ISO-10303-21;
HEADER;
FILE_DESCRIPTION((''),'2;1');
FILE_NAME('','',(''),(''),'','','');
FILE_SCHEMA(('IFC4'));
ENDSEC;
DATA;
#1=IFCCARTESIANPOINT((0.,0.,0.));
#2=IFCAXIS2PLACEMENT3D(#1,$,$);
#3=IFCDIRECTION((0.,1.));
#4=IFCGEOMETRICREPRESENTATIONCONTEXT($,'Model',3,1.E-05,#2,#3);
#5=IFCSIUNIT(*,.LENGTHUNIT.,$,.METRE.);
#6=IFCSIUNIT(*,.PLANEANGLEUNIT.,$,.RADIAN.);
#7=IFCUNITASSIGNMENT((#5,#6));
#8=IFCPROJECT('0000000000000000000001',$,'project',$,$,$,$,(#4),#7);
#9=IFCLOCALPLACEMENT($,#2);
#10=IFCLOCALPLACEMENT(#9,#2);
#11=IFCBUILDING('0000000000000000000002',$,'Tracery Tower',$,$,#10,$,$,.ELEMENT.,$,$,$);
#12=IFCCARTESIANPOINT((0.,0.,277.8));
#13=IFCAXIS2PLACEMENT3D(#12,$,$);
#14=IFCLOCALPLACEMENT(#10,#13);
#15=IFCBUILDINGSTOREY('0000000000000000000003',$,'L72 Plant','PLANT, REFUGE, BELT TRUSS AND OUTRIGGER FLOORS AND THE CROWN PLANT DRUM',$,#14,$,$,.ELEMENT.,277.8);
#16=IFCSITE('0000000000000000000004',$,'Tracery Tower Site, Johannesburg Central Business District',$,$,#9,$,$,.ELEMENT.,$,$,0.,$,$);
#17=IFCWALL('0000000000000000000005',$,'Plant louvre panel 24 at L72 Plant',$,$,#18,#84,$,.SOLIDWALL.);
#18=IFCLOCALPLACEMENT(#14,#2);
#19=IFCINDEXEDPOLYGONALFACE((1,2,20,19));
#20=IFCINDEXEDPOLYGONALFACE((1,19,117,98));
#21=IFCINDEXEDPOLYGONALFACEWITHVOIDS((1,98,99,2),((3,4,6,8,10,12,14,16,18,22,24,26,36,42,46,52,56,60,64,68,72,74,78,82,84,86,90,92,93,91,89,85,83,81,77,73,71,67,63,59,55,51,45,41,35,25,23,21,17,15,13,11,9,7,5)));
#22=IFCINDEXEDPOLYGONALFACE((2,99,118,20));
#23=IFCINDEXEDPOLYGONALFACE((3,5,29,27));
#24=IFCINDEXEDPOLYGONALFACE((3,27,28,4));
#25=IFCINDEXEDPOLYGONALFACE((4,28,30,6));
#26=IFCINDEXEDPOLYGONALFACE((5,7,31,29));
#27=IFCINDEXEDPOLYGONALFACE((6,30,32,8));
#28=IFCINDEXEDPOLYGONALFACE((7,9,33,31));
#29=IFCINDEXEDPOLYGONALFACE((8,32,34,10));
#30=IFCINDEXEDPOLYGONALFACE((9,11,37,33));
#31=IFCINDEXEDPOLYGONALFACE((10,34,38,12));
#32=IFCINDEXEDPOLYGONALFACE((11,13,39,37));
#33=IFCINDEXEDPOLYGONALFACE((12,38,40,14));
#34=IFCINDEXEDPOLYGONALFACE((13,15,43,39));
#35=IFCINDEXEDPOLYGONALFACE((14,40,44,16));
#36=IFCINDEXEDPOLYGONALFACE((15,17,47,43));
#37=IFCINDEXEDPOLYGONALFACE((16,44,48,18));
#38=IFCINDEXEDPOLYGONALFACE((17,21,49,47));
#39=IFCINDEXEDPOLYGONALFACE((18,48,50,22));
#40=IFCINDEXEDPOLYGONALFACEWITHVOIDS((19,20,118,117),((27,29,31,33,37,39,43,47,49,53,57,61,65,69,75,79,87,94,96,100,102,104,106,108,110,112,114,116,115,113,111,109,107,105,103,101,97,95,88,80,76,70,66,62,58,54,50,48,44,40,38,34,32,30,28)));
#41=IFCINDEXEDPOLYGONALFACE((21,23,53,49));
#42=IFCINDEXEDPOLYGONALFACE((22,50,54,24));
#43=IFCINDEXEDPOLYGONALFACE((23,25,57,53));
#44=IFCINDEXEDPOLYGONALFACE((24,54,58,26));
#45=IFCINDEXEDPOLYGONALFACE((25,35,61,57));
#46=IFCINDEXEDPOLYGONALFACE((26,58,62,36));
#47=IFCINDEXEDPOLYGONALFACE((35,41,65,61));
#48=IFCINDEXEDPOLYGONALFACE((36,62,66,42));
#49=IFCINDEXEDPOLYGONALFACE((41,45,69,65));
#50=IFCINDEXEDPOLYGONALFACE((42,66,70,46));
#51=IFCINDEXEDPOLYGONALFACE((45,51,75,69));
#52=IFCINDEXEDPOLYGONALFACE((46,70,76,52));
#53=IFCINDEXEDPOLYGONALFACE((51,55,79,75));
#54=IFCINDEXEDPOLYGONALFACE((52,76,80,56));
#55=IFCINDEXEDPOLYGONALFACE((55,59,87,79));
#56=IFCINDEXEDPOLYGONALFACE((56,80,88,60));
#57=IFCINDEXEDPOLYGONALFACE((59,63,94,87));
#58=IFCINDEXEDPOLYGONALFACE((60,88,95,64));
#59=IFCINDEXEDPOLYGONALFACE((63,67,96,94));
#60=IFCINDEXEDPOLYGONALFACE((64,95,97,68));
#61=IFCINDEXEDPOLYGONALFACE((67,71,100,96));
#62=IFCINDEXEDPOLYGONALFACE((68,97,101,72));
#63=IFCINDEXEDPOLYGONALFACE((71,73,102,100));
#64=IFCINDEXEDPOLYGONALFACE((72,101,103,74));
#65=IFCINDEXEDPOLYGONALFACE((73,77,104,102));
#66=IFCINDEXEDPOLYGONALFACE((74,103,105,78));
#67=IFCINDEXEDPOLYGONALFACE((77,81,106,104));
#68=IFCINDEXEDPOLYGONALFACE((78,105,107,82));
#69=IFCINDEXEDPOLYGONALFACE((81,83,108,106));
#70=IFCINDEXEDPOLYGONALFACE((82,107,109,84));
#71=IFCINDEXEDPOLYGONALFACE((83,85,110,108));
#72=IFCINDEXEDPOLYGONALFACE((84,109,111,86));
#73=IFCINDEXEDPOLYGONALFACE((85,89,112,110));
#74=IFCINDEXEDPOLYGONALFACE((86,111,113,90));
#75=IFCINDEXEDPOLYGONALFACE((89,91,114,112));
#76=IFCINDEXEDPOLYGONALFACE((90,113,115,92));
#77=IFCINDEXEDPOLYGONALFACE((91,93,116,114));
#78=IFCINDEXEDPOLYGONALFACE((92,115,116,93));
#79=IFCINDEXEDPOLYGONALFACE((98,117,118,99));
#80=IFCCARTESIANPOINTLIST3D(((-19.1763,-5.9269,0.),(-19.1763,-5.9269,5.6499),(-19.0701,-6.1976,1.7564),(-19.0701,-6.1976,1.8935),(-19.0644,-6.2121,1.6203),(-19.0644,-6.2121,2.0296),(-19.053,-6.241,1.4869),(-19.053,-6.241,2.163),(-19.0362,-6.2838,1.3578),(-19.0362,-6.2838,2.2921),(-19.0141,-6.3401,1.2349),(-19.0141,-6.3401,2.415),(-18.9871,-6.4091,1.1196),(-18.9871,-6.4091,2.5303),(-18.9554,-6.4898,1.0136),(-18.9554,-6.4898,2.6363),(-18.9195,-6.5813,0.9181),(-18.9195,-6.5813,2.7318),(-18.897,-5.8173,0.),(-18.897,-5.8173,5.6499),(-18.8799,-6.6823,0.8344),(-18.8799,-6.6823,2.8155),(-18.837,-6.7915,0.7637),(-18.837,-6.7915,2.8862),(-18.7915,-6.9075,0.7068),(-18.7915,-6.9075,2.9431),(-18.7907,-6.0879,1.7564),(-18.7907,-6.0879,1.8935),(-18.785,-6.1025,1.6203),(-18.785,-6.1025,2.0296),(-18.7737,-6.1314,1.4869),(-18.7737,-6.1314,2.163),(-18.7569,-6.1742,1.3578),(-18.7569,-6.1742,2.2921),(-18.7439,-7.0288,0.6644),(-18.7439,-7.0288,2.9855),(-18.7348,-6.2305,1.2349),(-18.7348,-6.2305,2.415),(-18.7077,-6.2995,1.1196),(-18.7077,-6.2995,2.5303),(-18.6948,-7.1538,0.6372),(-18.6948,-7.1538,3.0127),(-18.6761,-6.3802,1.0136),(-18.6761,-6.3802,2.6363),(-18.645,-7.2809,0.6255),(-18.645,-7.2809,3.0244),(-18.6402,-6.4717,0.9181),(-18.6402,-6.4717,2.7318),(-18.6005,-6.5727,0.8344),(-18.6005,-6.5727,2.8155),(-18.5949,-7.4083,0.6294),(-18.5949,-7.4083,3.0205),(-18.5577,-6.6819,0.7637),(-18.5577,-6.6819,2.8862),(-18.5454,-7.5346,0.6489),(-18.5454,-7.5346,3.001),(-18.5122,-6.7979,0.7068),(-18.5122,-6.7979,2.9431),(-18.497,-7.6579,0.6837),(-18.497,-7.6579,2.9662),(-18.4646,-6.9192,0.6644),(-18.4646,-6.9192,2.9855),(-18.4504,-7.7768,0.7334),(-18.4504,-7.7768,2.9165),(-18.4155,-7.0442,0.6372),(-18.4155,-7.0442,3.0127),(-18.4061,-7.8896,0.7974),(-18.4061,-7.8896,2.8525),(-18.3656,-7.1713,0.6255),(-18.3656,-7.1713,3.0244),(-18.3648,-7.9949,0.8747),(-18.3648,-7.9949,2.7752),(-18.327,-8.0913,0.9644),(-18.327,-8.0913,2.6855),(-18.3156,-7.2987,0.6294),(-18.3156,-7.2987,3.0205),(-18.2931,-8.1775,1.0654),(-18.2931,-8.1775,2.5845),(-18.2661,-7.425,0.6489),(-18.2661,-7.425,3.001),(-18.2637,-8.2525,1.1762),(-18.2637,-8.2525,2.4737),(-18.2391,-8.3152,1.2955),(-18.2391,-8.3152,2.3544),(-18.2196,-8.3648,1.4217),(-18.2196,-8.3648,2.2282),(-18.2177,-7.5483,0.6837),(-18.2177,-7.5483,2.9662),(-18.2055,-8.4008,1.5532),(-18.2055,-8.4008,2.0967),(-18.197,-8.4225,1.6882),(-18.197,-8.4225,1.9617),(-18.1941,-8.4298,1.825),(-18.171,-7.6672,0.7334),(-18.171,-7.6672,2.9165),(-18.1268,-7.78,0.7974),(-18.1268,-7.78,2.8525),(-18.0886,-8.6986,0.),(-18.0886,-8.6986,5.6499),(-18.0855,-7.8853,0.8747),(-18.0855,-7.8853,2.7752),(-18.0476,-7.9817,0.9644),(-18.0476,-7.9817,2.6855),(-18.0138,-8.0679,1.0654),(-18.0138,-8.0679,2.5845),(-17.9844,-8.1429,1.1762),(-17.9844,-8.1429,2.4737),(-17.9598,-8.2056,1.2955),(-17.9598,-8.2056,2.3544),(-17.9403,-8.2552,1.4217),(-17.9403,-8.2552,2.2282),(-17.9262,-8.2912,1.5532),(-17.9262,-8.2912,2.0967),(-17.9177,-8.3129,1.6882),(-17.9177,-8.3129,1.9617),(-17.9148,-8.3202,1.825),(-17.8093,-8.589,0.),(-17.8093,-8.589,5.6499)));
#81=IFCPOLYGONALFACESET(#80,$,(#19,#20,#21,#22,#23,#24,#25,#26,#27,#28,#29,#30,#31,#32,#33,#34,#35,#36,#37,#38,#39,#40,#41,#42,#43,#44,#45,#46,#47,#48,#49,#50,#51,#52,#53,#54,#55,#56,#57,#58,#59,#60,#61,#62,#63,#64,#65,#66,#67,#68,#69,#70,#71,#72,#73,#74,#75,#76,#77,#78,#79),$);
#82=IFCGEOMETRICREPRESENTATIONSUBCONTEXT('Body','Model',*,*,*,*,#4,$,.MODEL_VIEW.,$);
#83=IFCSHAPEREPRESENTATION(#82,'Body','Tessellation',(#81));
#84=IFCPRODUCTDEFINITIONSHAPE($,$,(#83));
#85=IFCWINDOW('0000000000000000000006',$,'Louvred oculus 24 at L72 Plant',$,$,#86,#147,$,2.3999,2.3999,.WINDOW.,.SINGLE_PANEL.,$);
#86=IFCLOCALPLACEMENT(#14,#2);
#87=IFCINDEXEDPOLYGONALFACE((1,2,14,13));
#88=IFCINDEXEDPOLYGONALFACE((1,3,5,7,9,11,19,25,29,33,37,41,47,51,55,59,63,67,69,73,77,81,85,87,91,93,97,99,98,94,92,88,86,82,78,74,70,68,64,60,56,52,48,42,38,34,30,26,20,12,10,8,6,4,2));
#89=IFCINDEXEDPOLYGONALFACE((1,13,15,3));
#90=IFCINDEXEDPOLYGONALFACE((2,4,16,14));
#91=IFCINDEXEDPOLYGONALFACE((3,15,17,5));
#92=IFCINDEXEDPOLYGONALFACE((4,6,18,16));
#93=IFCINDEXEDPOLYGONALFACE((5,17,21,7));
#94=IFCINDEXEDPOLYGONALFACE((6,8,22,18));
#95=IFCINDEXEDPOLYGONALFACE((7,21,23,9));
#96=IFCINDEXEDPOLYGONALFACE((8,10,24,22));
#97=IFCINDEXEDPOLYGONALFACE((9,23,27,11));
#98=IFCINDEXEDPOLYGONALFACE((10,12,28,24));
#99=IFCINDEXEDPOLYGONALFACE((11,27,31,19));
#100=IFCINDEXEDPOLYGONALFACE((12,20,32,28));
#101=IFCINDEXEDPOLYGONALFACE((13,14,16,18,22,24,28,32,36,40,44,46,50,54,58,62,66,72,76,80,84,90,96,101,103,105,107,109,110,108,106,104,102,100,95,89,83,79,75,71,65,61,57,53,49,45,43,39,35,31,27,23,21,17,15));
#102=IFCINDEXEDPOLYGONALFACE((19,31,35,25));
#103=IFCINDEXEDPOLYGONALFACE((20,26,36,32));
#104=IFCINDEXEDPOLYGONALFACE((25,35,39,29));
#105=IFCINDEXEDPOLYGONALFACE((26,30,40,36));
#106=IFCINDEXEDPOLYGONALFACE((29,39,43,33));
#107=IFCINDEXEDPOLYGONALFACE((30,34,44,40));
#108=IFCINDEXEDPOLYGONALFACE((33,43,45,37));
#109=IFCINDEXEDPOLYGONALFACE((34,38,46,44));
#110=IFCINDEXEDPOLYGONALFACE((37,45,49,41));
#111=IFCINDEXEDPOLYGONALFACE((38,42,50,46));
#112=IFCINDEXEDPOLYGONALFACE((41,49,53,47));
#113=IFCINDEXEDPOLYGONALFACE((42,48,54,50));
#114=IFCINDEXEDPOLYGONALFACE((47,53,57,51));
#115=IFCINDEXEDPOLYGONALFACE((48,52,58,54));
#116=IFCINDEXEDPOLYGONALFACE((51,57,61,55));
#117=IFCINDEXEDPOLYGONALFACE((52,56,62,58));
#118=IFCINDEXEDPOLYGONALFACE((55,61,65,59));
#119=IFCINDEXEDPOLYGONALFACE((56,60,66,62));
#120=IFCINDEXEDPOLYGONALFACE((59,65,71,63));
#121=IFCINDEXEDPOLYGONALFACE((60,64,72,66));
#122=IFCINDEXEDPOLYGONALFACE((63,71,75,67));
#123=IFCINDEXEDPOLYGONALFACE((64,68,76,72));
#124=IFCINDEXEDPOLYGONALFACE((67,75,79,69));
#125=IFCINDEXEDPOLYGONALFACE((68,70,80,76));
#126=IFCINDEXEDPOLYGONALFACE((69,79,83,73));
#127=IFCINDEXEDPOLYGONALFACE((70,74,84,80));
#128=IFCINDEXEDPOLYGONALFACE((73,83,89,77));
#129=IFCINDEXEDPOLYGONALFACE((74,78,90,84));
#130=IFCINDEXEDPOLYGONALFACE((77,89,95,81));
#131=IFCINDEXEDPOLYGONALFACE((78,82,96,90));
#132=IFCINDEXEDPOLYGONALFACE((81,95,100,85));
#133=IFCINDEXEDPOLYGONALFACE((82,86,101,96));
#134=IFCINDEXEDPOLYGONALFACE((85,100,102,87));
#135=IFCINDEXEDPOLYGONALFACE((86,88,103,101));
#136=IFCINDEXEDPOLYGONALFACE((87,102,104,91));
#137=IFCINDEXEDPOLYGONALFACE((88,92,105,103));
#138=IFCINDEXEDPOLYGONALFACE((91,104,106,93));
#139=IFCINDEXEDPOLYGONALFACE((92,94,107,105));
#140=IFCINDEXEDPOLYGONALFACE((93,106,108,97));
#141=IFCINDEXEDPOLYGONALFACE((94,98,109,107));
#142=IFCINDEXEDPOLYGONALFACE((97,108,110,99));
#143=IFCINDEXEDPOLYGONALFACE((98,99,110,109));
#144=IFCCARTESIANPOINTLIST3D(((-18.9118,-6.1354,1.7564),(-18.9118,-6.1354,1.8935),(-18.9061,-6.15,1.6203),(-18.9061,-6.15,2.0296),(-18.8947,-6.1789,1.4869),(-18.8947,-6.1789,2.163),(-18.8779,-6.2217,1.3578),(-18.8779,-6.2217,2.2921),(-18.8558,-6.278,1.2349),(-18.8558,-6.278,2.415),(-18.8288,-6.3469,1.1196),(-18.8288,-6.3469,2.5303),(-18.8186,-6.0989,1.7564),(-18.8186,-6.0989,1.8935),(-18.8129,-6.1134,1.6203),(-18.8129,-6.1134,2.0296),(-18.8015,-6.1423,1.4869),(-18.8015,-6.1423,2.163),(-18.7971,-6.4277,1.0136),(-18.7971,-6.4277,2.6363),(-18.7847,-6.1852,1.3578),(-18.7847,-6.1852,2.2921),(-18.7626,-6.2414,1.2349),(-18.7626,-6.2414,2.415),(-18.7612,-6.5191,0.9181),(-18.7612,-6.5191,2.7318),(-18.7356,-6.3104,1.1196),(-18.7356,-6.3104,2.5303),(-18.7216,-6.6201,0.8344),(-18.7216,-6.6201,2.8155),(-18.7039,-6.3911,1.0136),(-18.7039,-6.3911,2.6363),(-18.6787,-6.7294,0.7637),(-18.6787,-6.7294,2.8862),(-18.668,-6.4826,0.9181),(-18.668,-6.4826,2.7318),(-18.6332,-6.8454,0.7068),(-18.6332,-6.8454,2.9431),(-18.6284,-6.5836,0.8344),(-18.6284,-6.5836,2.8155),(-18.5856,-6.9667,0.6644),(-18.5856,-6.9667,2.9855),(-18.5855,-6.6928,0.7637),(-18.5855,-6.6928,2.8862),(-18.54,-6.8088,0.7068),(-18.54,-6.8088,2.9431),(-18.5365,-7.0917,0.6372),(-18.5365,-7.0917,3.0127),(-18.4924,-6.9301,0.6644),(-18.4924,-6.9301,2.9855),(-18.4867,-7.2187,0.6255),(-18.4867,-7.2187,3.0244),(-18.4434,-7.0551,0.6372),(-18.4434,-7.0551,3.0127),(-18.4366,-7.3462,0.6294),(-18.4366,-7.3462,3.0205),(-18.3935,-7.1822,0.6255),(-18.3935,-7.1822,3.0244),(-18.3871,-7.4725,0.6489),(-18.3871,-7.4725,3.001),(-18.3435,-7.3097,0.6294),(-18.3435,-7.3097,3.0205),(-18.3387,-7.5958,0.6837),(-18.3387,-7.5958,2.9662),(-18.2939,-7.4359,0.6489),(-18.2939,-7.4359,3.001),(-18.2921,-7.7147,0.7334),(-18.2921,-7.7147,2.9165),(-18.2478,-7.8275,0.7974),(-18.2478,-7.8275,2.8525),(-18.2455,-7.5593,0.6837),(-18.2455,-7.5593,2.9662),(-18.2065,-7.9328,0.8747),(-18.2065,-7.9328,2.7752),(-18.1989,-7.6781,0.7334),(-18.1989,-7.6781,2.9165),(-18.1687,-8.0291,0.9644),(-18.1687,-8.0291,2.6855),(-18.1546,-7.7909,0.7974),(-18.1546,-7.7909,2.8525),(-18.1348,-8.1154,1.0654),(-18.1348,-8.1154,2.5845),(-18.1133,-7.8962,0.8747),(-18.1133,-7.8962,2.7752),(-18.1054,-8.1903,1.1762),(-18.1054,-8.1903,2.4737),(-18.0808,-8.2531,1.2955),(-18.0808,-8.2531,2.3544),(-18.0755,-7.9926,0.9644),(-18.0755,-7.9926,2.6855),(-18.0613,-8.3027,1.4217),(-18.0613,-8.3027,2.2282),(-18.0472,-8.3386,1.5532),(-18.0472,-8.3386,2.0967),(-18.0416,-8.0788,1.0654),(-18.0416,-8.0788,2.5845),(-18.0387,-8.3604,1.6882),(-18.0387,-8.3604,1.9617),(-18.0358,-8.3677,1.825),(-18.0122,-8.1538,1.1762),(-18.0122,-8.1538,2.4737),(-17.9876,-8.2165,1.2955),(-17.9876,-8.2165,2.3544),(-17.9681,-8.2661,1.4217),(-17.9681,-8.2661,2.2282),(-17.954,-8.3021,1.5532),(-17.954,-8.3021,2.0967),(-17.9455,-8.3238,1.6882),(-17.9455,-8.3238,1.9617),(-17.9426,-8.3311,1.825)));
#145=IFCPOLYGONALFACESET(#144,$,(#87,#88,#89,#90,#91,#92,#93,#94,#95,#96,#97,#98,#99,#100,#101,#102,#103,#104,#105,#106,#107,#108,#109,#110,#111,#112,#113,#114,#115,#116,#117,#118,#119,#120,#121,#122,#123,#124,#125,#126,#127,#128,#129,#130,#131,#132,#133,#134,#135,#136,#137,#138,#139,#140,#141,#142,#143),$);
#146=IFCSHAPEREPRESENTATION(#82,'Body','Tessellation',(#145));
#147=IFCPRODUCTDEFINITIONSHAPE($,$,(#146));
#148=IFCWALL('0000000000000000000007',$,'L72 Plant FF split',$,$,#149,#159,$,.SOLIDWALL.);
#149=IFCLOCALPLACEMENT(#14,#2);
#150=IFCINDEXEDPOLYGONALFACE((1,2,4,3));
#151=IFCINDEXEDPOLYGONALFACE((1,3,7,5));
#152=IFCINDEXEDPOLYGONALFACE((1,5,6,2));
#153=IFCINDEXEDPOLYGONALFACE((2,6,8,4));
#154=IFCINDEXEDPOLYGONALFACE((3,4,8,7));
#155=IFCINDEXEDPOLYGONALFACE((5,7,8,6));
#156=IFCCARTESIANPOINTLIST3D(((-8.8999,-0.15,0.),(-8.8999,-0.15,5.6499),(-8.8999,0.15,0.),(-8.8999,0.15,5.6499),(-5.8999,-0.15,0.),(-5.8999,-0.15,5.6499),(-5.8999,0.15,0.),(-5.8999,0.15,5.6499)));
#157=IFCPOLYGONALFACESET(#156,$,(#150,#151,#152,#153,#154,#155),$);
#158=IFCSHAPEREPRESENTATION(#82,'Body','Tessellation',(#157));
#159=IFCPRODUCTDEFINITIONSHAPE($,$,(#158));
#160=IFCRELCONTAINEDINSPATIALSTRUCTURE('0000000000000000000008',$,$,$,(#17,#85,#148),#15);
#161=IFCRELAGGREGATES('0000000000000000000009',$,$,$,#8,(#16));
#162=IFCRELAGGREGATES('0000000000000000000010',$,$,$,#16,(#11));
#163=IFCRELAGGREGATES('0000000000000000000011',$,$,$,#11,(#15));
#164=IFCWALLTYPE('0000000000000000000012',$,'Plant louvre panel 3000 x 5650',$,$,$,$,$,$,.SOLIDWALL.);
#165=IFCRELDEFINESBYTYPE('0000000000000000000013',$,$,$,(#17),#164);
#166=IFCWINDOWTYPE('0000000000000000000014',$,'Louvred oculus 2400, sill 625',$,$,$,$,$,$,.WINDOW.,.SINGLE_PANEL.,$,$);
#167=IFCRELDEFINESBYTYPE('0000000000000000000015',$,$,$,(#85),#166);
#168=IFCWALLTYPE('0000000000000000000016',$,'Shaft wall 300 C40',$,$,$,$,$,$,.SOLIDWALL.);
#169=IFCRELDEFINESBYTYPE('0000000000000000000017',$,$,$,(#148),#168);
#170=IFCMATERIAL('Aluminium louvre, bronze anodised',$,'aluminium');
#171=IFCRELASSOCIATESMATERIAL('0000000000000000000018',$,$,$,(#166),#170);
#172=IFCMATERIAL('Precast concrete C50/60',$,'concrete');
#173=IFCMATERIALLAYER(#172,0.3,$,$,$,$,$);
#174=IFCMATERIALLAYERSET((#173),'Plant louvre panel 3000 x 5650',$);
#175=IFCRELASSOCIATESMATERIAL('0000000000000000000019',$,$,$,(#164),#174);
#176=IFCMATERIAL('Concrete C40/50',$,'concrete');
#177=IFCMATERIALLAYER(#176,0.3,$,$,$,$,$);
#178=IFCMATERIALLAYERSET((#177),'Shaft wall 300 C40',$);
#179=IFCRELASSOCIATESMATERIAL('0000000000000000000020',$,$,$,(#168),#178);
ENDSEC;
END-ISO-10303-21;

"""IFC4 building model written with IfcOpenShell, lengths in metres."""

from ifc_helpers import new_model, si_unit, direction, frame, frame_2d, origin, origin_2d, place, context, subcontext, project, spatial, rectangle, circle, extrude, material, layer, layer_set, type_object, element, fill, save


model = new_model("IFC4")

# Units and contexts
model_context = context("Model", 3, precision=1e-05, world=origin(), true_north=direction((0.0, 1.0)))
body_context = subcontext(model_context, "Body", "Model", "MODEL_VIEW")
ifc_project = project(units=[si_unit("LENGTHUNIT", "METRE"), si_unit("PLANEANGLEUNIT", "RADIAN")], contexts=[model_context])

# Site, building, storey
site_placement = place(None, origin())
site = spatial("IfcSite", under=ifc_project, at=site_placement, Name="Tracery Tower Site, Johannesburg Central Business District", CompositionType="ELEMENT", RefElevation=0.0)
building_placement = place(site_placement, origin())
building = spatial("IfcBuilding", under=site, at=building_placement, Name="Tracery Tower", CompositionType="ELEMENT")
storey_placement = place(building_placement, frame((0.0, 0.0, 277.8)))
storey = spatial("IfcBuildingStorey", under=building, at=storey_placement, Name="L72 Plant", Description="PLANT, REFUGE, BELT TRUSS AND OUTRIGGER FLOORS AND THE CROWN PLANT DRUM", CompositionType="ELEMENT", Elevation=277.8)

# Wall, opening, window
ifc_material_1 = material(Name="Aluminium louvre, bronze anodised", Category="aluminium")
window_type = type_object("IfcWindowType", Name="Louvred oculus 2400, sill 625", PartitioningType="SINGLE_PANEL", PredefinedType="WINDOW", material=ifc_material_1)
ifc_material_2 = material(Name="Precast concrete C50/60", Category="concrete")
ifc_layer_1 = layer(ifc_material_2, 0.3)
ifc_layer_set_1 = layer_set([ifc_layer_1], Name="Plant louvre panel 3000 x 5650")
wall_type_1 = type_object("IfcWallType", Name="Plant louvre panel 3000 x 5650", PredefinedType="SOLIDWALL", material=ifc_layer_set_1)
wall_1_placement = place(storey_placement, frame((-19.0366, -5.8721, 0.0), z_axis=(0.0, 0.0, 1.0), x_axis=(0.36529, -0.930894, 0.0)))
wall_1 = element("IfcWall", 1, at=wall_1_placement, inside=storey, type_object=wall_type_1, Name="Plant louvre panel 24 at L72 Plant", PredefinedType="SOLIDWALL", context=body_context, shape_type="SweptSolid", body=[
    extrude(rectangle(XDim=2.9775, YDim=0.3, at=frame_2d((1.4888, 0.0))), origin(), (0.0, 0.0, 1.0), 5.6499),
])
opening_1_placement = place(wall_1_placement, frame((1.4888, 0.0, 1.825)))
opening_1 = element("IfcOpeningElement", 2, at=opening_1_placement, cuts=wall_1, PredefinedType="OPENING", context=body_context, shape_type="SweptSolid", body=[
    extrude(circle(Radius=1.2, at=origin_2d()), frame((0.0, 0.1599, 0.0), z_axis=(0.0, -1.0, 0.0), x_axis=(1.0, 0.0, 0.0)), (0.0, 0.0, 1.0), 0.3201),
])
window_1_placement = place(opening_1_placement, origin())
window_1 = element("IfcWindow", 3, at=window_1_placement, inside=storey, type_object=window_type, Name="Louvred oculus 24 at L72 Plant", OverallHeight=2.3999, OverallWidth=2.3999, PartitioningType="SINGLE_PANEL", PredefinedType="WINDOW", context=body_context, shape_type="SweptSolid", body=[
    extrude(circle(Radius=1.2, at=origin_2d()), frame((0.0, 0.1201, 0.0), z_axis=(0.0, -1.0, 0.0), x_axis=(1.0, 0.0, 0.0)), (0.0, 0.0, 1.0), 0.1001),
])
fill(opening_1, window_1)

# Wall
ifc_material_3 = material(Name="Concrete C40/50", Category="concrete")
ifc_layer_2 = layer(ifc_material_3, 0.3)
ifc_layer_set_2 = layer_set([ifc_layer_2], Name="Shaft wall 300 C40")
wall_type_2 = type_object("IfcWallType", Name="Shaft wall 300 C40", PredefinedType="SOLIDWALL", material=ifc_layer_set_2)
wall_2_placement = place(storey_placement, frame((-8.8999, 0.0, 0.0), z_axis=(0.0, 0.0, 1.0), x_axis=(1.0, 0.0, 0.0)))
element("IfcWall", 4, at=wall_2_placement, inside=storey, type_object=wall_type_2, Name="L72 Plant FF split", PredefinedType="SOLIDWALL", context=body_context, shape_type="SweptSolid", body=[
    extrude(rectangle(XDim=3.0, YDim=0.3, at=frame_2d((1.5, 0.0))), origin(), (0.0, 0.0, 1.0), 5.6499),
])

save(model, "model.ifc")
